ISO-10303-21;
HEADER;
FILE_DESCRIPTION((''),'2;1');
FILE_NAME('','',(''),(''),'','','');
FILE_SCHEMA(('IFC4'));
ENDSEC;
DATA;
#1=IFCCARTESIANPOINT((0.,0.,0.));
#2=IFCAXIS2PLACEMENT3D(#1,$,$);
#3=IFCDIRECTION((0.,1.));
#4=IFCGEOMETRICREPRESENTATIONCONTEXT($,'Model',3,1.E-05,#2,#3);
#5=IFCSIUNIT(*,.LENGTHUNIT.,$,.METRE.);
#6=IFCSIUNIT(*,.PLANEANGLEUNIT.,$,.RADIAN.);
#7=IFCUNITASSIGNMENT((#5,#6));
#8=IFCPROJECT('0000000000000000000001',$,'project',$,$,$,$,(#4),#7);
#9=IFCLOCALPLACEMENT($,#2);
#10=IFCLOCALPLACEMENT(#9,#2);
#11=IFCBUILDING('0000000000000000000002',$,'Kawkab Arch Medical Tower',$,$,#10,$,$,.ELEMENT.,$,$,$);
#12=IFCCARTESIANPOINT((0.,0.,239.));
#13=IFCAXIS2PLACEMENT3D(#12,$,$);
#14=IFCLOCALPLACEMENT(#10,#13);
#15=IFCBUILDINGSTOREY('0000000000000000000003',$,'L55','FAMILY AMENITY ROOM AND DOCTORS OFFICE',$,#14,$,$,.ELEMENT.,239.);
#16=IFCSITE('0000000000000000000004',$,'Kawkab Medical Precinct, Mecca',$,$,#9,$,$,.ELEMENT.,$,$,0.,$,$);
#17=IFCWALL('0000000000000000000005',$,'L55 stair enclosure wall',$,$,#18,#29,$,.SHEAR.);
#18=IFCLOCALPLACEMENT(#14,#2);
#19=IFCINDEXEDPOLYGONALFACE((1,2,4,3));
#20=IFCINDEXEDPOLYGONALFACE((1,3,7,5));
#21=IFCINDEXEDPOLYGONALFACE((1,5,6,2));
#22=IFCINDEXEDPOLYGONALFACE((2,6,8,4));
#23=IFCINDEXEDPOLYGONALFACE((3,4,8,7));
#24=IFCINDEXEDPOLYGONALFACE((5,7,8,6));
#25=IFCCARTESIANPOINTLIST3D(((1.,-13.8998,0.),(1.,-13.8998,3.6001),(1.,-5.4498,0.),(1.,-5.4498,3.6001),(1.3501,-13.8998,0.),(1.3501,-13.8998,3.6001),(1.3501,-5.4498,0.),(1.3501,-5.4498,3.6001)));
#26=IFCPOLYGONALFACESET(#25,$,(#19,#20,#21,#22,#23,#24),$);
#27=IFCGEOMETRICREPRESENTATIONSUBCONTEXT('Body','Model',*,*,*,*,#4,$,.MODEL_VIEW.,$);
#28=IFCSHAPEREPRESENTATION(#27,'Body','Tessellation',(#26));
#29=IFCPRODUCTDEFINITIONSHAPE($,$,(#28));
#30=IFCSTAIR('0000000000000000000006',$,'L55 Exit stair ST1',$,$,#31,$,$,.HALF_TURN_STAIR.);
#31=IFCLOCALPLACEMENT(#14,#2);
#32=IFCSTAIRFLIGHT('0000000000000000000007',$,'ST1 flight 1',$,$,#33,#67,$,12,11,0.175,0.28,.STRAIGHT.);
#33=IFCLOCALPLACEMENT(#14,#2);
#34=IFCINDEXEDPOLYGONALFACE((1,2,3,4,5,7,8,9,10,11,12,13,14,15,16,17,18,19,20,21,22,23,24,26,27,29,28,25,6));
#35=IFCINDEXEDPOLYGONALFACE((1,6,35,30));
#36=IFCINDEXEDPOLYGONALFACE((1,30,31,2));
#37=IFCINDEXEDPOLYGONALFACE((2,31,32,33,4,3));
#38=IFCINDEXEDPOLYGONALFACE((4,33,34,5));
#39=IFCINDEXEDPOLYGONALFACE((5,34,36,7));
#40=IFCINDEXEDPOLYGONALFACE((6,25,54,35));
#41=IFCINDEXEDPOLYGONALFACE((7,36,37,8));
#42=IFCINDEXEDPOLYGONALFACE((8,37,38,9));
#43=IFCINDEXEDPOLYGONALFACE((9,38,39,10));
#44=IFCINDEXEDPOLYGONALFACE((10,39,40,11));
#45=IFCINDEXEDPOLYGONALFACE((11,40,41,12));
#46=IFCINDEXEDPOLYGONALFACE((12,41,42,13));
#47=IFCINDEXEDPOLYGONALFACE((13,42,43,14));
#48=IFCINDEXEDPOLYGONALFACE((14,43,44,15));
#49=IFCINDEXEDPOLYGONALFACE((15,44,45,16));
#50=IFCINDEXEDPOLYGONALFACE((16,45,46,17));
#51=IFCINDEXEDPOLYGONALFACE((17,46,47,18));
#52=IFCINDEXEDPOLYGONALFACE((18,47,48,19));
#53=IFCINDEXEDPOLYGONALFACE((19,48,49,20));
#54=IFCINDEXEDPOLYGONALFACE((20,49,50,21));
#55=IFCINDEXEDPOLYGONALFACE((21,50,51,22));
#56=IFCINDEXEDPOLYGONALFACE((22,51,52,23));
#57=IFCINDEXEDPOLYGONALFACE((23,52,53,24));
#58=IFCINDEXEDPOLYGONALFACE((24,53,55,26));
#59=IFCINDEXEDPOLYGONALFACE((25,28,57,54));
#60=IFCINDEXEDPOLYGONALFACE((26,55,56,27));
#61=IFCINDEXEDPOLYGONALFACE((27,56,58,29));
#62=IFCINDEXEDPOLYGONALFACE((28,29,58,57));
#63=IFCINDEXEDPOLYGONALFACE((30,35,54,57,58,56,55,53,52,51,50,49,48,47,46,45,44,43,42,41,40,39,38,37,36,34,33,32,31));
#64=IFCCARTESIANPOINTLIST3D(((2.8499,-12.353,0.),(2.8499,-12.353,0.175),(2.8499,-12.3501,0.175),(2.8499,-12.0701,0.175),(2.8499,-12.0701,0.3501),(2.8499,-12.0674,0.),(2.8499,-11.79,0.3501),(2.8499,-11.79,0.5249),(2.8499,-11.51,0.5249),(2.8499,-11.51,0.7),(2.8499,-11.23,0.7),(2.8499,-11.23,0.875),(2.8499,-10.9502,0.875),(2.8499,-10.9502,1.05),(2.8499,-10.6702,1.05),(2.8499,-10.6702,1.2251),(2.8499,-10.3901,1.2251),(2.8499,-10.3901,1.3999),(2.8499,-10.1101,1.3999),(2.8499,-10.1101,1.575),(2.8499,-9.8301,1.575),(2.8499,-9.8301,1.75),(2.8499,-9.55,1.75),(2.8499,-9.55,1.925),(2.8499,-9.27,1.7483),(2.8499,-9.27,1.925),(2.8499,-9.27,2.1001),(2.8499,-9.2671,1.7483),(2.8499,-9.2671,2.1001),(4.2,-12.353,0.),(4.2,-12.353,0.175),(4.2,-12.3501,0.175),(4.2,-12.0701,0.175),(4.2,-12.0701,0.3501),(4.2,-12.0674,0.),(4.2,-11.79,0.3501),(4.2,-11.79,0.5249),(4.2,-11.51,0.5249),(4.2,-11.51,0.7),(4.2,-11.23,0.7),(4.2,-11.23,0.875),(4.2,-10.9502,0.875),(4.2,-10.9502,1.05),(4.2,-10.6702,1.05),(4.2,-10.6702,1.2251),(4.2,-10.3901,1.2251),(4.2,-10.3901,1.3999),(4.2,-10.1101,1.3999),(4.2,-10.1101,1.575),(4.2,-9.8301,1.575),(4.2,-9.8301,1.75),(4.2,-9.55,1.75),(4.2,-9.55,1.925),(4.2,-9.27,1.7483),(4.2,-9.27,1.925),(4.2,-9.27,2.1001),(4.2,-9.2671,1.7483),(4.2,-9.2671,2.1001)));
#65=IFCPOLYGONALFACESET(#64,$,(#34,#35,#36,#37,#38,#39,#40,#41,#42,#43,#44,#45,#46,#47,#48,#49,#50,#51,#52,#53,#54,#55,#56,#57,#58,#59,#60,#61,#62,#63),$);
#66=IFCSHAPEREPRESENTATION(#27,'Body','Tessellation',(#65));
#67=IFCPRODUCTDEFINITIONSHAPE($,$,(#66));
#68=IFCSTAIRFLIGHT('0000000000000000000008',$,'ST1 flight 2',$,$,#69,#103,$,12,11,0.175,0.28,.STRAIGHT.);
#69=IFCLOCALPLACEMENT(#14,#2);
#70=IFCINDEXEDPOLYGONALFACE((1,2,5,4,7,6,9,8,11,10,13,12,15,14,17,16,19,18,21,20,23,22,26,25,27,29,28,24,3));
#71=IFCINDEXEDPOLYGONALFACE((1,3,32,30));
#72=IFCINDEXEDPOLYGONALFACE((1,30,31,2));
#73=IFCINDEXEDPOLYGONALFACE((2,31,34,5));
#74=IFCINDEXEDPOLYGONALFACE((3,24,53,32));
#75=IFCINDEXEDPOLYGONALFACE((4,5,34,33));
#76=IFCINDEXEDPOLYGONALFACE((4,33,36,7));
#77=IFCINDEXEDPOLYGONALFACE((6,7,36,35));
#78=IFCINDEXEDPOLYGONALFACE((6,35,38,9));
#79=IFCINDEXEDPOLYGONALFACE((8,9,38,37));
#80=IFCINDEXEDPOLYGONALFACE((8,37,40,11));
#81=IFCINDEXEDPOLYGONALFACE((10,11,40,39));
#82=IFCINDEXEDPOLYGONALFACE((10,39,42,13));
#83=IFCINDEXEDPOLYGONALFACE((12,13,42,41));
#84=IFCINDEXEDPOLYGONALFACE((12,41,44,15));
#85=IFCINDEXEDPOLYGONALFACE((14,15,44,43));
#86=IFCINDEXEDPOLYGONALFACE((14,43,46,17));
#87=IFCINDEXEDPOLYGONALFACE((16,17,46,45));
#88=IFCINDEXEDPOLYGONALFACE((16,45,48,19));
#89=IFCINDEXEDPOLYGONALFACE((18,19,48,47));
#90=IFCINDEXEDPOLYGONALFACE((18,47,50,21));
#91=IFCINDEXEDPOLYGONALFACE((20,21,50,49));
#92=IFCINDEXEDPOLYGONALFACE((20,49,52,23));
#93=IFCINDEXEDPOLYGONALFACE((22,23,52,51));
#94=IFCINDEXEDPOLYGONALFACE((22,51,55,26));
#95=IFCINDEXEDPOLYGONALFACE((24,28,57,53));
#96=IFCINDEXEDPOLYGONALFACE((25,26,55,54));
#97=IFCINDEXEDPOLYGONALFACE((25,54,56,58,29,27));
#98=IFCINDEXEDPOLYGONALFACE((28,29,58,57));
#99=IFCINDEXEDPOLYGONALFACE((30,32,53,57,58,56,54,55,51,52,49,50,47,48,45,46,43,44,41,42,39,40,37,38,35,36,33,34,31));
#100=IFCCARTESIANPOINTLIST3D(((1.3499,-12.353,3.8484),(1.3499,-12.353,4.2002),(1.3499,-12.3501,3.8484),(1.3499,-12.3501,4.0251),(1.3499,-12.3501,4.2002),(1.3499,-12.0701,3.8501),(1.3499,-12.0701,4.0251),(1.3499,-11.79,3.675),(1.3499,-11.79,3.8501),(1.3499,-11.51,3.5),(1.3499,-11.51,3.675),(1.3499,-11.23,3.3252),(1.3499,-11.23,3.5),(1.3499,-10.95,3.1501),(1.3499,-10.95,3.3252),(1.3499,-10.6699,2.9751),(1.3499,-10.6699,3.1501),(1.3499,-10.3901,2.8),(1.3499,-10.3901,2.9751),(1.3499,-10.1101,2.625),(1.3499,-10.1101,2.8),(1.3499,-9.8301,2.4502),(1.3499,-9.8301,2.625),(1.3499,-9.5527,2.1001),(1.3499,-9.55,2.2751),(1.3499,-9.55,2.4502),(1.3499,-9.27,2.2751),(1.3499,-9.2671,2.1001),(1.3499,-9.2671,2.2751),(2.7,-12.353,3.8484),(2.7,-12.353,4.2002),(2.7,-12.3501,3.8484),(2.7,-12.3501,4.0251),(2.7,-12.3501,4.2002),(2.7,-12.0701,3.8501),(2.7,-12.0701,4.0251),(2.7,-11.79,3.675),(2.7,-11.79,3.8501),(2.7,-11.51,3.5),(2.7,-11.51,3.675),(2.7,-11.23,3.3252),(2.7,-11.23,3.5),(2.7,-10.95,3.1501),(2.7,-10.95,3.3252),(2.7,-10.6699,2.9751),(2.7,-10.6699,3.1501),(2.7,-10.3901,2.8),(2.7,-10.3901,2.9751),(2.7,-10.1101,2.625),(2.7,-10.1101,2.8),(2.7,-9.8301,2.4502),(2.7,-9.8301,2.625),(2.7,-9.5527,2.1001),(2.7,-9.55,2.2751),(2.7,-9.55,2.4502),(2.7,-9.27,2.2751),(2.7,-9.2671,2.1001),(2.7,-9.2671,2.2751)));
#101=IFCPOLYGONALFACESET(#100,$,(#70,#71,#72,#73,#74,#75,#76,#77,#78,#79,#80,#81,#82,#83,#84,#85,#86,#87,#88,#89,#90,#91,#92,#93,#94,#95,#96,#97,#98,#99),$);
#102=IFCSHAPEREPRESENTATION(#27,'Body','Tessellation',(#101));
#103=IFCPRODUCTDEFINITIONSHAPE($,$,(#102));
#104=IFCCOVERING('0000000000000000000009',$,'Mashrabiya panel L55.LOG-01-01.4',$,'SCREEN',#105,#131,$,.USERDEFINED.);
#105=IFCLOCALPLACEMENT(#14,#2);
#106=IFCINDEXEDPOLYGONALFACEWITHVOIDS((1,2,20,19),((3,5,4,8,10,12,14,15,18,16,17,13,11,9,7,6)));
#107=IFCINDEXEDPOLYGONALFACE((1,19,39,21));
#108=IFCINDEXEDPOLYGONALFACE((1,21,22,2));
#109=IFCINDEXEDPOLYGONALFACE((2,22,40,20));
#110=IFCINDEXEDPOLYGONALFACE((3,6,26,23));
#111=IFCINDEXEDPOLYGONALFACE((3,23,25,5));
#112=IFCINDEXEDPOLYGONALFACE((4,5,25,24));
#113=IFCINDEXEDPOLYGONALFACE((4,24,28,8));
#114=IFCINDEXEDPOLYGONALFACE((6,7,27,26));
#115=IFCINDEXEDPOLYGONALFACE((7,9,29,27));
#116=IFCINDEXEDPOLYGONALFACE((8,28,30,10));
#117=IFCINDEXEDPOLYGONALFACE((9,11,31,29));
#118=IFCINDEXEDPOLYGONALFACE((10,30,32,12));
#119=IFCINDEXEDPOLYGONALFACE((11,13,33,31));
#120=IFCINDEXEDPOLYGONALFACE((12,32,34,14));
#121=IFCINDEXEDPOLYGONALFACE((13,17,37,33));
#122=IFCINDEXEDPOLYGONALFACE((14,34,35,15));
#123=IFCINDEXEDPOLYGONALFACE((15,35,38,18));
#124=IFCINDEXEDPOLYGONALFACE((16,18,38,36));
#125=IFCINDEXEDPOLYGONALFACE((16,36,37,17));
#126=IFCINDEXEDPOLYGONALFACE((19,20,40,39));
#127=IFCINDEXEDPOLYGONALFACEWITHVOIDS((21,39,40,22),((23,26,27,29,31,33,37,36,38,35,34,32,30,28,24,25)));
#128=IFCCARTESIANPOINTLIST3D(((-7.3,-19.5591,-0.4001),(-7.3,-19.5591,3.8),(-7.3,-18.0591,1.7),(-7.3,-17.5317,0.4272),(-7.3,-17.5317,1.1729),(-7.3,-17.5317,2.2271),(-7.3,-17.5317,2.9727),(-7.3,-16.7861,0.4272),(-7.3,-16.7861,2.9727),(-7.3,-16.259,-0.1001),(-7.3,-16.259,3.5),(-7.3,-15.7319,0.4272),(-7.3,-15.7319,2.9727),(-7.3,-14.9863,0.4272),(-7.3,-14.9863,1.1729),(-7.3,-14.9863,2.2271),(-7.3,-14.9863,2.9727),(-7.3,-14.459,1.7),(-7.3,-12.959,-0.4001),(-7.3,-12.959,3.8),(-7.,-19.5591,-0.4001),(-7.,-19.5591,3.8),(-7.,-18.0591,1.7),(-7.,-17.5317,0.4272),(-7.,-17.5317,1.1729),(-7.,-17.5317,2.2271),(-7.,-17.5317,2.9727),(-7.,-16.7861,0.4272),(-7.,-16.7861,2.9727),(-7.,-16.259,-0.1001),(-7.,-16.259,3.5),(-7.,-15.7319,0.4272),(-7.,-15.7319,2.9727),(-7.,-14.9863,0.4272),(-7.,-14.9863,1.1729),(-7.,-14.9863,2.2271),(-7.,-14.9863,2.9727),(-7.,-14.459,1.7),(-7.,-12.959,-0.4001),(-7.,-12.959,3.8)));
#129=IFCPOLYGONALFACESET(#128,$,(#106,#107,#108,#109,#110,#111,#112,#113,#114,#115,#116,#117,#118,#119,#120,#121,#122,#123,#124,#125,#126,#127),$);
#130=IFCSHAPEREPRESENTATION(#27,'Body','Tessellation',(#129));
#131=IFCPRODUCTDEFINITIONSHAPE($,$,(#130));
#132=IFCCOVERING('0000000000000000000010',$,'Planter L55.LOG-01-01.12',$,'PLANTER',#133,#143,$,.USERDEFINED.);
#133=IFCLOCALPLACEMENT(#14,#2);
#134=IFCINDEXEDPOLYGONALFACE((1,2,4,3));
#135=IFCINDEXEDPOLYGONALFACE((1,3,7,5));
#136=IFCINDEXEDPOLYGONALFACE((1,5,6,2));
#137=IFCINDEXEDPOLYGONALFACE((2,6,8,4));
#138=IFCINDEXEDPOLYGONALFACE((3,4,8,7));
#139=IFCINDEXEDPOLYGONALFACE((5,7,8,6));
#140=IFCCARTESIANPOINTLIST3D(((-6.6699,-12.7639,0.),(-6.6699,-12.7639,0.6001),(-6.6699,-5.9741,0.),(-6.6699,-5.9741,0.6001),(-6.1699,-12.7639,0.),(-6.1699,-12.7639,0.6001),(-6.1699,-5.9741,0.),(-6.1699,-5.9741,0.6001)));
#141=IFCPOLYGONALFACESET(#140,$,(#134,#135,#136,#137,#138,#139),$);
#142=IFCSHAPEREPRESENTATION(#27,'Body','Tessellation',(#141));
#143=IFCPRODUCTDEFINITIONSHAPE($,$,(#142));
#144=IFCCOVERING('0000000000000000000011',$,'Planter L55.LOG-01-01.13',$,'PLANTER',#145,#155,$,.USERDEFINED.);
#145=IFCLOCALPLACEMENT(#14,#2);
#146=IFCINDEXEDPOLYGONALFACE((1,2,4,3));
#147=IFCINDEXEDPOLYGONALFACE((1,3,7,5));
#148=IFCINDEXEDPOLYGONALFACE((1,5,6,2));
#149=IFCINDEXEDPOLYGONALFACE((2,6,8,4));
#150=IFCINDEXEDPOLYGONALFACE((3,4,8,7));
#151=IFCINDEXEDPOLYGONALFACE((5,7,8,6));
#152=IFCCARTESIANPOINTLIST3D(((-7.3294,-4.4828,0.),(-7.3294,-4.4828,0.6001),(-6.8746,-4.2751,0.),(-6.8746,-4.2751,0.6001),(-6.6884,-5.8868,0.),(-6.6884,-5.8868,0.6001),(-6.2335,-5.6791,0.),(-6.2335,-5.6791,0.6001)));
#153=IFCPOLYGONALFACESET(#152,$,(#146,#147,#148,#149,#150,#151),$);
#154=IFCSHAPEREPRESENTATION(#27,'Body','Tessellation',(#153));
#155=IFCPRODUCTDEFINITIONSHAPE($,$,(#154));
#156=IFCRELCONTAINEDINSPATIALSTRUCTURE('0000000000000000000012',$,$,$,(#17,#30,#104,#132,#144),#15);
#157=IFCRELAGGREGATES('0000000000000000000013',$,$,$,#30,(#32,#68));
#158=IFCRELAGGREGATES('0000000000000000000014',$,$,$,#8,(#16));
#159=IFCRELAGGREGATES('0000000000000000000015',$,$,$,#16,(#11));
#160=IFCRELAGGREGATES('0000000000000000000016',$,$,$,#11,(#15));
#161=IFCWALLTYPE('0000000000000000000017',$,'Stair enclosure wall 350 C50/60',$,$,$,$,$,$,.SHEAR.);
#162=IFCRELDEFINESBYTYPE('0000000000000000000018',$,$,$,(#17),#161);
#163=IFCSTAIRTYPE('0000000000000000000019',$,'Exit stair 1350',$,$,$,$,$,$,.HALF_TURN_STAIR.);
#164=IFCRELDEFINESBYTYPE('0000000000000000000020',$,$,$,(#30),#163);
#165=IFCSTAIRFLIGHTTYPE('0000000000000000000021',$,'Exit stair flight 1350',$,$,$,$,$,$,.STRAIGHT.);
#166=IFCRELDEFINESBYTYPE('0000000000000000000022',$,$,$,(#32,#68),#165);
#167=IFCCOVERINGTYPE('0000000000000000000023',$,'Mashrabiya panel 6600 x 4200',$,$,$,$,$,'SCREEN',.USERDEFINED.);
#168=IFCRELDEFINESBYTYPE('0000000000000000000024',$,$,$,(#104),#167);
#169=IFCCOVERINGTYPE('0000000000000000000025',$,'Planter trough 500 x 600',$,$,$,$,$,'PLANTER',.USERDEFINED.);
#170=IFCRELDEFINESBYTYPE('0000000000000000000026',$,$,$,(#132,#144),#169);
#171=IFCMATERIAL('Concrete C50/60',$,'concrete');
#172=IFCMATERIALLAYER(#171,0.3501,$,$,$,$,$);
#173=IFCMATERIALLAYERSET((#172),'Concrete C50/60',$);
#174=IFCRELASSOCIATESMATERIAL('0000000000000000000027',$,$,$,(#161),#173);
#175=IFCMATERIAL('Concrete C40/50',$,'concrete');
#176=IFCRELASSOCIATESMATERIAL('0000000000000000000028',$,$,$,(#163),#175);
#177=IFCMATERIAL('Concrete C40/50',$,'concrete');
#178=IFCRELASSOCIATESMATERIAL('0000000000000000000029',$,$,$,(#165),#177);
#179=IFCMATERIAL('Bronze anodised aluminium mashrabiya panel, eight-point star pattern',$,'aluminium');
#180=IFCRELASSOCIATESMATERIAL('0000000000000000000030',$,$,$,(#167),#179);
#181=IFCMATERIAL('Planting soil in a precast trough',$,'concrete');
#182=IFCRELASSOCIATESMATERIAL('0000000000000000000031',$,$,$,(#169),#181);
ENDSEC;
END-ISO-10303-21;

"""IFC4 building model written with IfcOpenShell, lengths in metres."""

from ifc_helpers import new_model, si_unit, direction, frame, frame_2d, origin, origin_2d, place, context, subcontext, project, spatial, polyline, rectangle, outline, extrude, material, layer, layer_set, material_profile, profile_set, type_object, element, aggregate, save


model = new_model("IFC4")

# Units and contexts
model_context = context("Model", 3, precision=1e-05, world=origin(), true_north=direction((0.0, 1.0)))
body_context = subcontext(model_context, "Body", "Model", "MODEL_VIEW")
ifc_project = project(units=[si_unit("LENGTHUNIT", "METRE"), si_unit("PLANEANGLEUNIT", "RADIAN")], contexts=[model_context])

# Site, building, storey
site_placement = place(None, origin())
site = spatial("IfcSite", under=ifc_project, at=site_placement, Name="Kawkab Medical Precinct, Mecca", CompositionType="ELEMENT", RefElevation=0.0)
building_placement = place(site_placement, origin())
building = spatial("IfcBuilding", under=site, at=building_placement, Name="Kawkab Arch Medical Tower", CompositionType="ELEMENT")
storey_placement = place(building_placement, frame((0.0, 0.0, 239.0)))
storey = spatial("IfcBuildingStorey", under=building, at=storey_placement, Name="L55", Description="FAMILY AMENITY ROOM AND DOCTORS OFFICE", CompositionType="ELEMENT", Elevation=239.0)

# Shared definitions
placement = place(storey_placement, origin())

# Wall
ifc_material_1 = material(Name="Concrete C50/60", Category="concrete")
ifc_layer_1 = layer(ifc_material_1, 0.3501)
ifc_layer_set_1 = layer_set([ifc_layer_1], Name="Concrete C50/60")
wall_type_1 = type_object("IfcWallType", Name="Stair enclosure wall 350 C50/60", PredefinedType="SHEAR", material=ifc_layer_set_1)
wall_1_placement = place(storey_placement, frame((1.175, -13.8999, 0.0), z_axis=(0.0, 0.0, 1.0), x_axis=(0.0, 1.0, 0.0)))
element("IfcWall", 1, at=wall_1_placement, inside=storey, type_object=wall_type_1, Name="L55 stair enclosure wall", PredefinedType="SHEAR", context=body_context, shape_type="SweptSolid", body=[
    extrude(rectangle(XDim=8.45, YDim=0.3501, at=frame_2d((4.2251, 0.0))), origin(), (0.0, 0.0, 1.0), 3.6001),
])

# Stair, stair flights
ifc_material_2 = material(Name="Concrete C40/50", Category="concrete")
stair_type = type_object("IfcStairType", Name="Exit stair 1350", PredefinedType="HALF_TURN_STAIR", material=ifc_material_2)
stair = element("IfcStair", 2, at=placement, inside=storey, type_object=stair_type, Name="L55 Exit stair ST1", PredefinedType="HALF_TURN_STAIR")
ifc_material_3 = material(Name="Concrete C40/50", Category="concrete")
stair_flight_type = type_object("IfcStairFlightType", Name="Exit stair flight 1350", PredefinedType="STRAIGHT", material=ifc_material_3)
stair_flight_1_placement = place(storey_placement, frame((3.5249, -12.3501, 0.0), z_axis=(0.0, 0.0, 1.0), x_axis=(0.0, 1.0, 0.0)))
stair_flight_1 = element("IfcStairFlight", 3, at=stair_flight_1_placement, type_object=stair_flight_type, Name="ST1 flight 1", NumberOfRisers=12, NumberOfTreads=11, PredefinedType="STRAIGHT", RiserHeight=0.175, TreadLength=0.28, context=body_context, shape_type="SweptSolid", body=[
    extrude(outline(polyline([(-0.0029, 0.0), (-0.0029, 0.175), (0.0, 0.175), (0.28, 0.175), (0.28, 0.3501), (0.5601, 0.3501), (0.5601, 0.5249), (0.8401, 0.5249), (0.8401, 0.7), (1.1201, 0.7), (1.1201, 0.875), (1.3999, 0.875), (1.3999, 1.05), (1.6799, 1.05), (1.6799, 1.2251), (1.96, 1.2251), (1.96, 1.3999), (2.24, 1.3999), (2.24, 1.575), (2.52, 1.575), (2.52, 1.75), (2.8, 1.75), (2.8, 1.925), (3.0801, 1.925), (3.0801, 2.1001), (3.083, 2.1001), (3.083, 1.7483), (3.0801, 1.7483), (0.2827, 0.0), (-0.0029, 0.0)])), frame((0.0, 0.675, 0.0), z_axis=(0.0, -1.0, 0.0), x_axis=(1.0, 0.0, 0.0)), (0.0, 0.0, 1.0), 1.3501),
])
stair_flight_2_placement = place(storey_placement, frame((2.0249, -9.27, 2.1001), z_axis=(0.0, 0.0, 1.0), x_axis=(0.0, -1.0, 0.0)))
stair_flight_2 = element("IfcStairFlight", 4, at=stair_flight_2_placement, type_object=stair_flight_type, Name="ST1 flight 2", NumberOfRisers=12, NumberOfTreads=11, PredefinedType="STRAIGHT", RiserHeight=0.175, TreadLength=0.28, context=body_context, shape_type="SweptSolid", body=[
    extrude(outline(polyline([(-0.0029, 0.0), (-0.0029, 0.175), (0.0, 0.175), (0.28, 0.175), (0.28, 0.3501), (0.5601, 0.3501), (0.5601, 0.5249), (0.8401, 0.5249), (0.8401, 0.7), (1.1201, 0.7), (1.1201, 0.875), (1.3999, 0.875), (1.3999, 1.05), (1.6799, 1.05), (1.6799, 1.2251), (1.96, 1.2251), (1.96, 1.3999), (2.24, 1.3999), (2.24, 1.575), (2.52, 1.575), (2.52, 1.75), (2.8, 1.75), (2.8, 1.925), (3.0801, 1.925), (3.0801, 2.1001), (3.083, 2.1001), (3.083, 1.7483), (3.0801, 1.7483), (0.2827, 0.0), (-0.0029, 0.0)])), frame((0.0, 0.675, 0.0), z_axis=(0.0, -1.0, 0.0), x_axis=(1.0, 0.0, 0.0)), (0.0, 0.0, 1.0), 1.3501),
])
aggregate(stair, [stair_flight_1, stair_flight_2])

# Coverings
ifc_material_4 = material(Name="Bronze anodised aluminium mashrabiya panel, eight-point star pattern", Category="aluminium")
ifc_material_profile_1 = material_profile(ifc_material_4, outline(polyline([(-3.3, -2.1001), (3.3, -2.1001), (3.3, 2.1001), (-3.3, 2.1001), (-3.3, -2.1001)]), holes=[polyline([(1.8, 0.0), (1.2727, 0.5271), (1.2727, 1.2727), (0.5271, 1.2727), (0.0, 1.8), (-0.5271, 1.2727), (-1.2727, 1.2727), (-1.2727, 0.5271), (-1.8, 0.0), (-1.2727, -0.5271), (-1.2727, -1.2727), (-0.5271, -1.2727), (0.0, -1.8), (0.5271, -1.2727), (1.2727, -1.2727), (1.2727, -0.5271), (1.8, 0.0)])]), Name="Mashrabiya panel 6600x4200")
ifc_profile_set_1 = profile_set([ifc_material_profile_1], Name="Bronze anodised aluminium mashrabiya panel, eight-point star pattern")
covering_type_1 = type_object("IfcCoveringType", Name="Mashrabiya panel 6600 x 4200", ElementType="SCREEN", PredefinedType="USERDEFINED", material=ifc_profile_set_1)
covering_1_placement = place(storey_placement, frame((-7.0, -16.259, 1.7), z_axis=(-1.0, 0.0, 0.0), x_axis=(0.0, -1.0, 0.0)))
element("IfcCovering", 5, at=covering_1_placement, inside=storey, type_object=covering_type_1, Name="Mashrabiya panel L55.LOG-01-01.4", ObjectType="SCREEN", PredefinedType="USERDEFINED", context=body_context, shape_type="SweptSolid", body=[
    extrude(outline(polyline([(-3.3, -2.1001), (3.3, -2.1001), (3.3, 2.1001), (-3.3, 2.1001), (-3.3, -2.1001)]), holes=[polyline([(1.8, 0.0), (1.2727, 0.5271), (1.2727, 1.2727), (0.5271, 1.2727), (0.0, 1.8), (-0.5271, 1.2727), (-1.2727, 1.2727), (-1.2727, 0.5271), (-1.8, 0.0), (-1.2727, -0.5271), (-1.2727, -1.2727), (-0.5271, -1.2727), (0.0, -1.8), (0.5271, -1.2727), (1.2727, -1.2727), (1.2727, -0.5271), (1.8, 0.0)])]), origin(), (0.0, 0.0, 1.0), 0.3),
])
ifc_material_5 = material(Name="Planting soil in a precast trough", Category="concrete")
ifc_material_profile_2 = material_profile(ifc_material_5, rectangle(XDim=0.5, YDim=0.6001, at=origin_2d()), Name="Trough 500x600")
ifc_profile_set_2 = profile_set([ifc_material_profile_2], Name="Planting soil in a precast trough")
covering_type_2 = type_object("IfcCoveringType", Name="Planter trough 500 x 600", ElementType="PLANTER", PredefinedType="USERDEFINED", material=ifc_profile_set_2)
covering_2_placement = place(storey_placement, frame((-6.4199, -12.7639, 0.3), z_axis=(0.0, 1.0, 0.0), x_axis=(-1.0, 0.0, 0.0)))
element("IfcCovering", 6, at=covering_2_placement, inside=storey, type_object=covering_type_2, Name="Planter L55.LOG-01-01.12", ObjectType="PLANTER", PredefinedType="USERDEFINED", context=body_context, shape_type="SweptSolid", body=[
    extrude(rectangle(XDim=0.5, YDim=0.6001, at=origin_2d()), origin(), (0.0, 0.0, 1.0), 6.7898),
])
covering_3_placement = place(storey_placement, frame((-6.4609, -5.783, 0.3), z_axis=(-0.415363, 0.909656, 0.0), x_axis=(-0.909656, -0.415363, 0.0)))
element("IfcCovering", 7, at=covering_3_placement, inside=storey, type_object=covering_type_2, Name="Planter L55.LOG-01-01.13", ObjectType="PLANTER", PredefinedType="USERDEFINED", context=body_context, shape_type="SweptSolid", body=[
    extrude(rectangle(XDim=0.5, YDim=0.6001, at=origin_2d()), origin(), (0.0, 0.0, 1.0), 1.5435),
])

save(model, "model.ifc")
